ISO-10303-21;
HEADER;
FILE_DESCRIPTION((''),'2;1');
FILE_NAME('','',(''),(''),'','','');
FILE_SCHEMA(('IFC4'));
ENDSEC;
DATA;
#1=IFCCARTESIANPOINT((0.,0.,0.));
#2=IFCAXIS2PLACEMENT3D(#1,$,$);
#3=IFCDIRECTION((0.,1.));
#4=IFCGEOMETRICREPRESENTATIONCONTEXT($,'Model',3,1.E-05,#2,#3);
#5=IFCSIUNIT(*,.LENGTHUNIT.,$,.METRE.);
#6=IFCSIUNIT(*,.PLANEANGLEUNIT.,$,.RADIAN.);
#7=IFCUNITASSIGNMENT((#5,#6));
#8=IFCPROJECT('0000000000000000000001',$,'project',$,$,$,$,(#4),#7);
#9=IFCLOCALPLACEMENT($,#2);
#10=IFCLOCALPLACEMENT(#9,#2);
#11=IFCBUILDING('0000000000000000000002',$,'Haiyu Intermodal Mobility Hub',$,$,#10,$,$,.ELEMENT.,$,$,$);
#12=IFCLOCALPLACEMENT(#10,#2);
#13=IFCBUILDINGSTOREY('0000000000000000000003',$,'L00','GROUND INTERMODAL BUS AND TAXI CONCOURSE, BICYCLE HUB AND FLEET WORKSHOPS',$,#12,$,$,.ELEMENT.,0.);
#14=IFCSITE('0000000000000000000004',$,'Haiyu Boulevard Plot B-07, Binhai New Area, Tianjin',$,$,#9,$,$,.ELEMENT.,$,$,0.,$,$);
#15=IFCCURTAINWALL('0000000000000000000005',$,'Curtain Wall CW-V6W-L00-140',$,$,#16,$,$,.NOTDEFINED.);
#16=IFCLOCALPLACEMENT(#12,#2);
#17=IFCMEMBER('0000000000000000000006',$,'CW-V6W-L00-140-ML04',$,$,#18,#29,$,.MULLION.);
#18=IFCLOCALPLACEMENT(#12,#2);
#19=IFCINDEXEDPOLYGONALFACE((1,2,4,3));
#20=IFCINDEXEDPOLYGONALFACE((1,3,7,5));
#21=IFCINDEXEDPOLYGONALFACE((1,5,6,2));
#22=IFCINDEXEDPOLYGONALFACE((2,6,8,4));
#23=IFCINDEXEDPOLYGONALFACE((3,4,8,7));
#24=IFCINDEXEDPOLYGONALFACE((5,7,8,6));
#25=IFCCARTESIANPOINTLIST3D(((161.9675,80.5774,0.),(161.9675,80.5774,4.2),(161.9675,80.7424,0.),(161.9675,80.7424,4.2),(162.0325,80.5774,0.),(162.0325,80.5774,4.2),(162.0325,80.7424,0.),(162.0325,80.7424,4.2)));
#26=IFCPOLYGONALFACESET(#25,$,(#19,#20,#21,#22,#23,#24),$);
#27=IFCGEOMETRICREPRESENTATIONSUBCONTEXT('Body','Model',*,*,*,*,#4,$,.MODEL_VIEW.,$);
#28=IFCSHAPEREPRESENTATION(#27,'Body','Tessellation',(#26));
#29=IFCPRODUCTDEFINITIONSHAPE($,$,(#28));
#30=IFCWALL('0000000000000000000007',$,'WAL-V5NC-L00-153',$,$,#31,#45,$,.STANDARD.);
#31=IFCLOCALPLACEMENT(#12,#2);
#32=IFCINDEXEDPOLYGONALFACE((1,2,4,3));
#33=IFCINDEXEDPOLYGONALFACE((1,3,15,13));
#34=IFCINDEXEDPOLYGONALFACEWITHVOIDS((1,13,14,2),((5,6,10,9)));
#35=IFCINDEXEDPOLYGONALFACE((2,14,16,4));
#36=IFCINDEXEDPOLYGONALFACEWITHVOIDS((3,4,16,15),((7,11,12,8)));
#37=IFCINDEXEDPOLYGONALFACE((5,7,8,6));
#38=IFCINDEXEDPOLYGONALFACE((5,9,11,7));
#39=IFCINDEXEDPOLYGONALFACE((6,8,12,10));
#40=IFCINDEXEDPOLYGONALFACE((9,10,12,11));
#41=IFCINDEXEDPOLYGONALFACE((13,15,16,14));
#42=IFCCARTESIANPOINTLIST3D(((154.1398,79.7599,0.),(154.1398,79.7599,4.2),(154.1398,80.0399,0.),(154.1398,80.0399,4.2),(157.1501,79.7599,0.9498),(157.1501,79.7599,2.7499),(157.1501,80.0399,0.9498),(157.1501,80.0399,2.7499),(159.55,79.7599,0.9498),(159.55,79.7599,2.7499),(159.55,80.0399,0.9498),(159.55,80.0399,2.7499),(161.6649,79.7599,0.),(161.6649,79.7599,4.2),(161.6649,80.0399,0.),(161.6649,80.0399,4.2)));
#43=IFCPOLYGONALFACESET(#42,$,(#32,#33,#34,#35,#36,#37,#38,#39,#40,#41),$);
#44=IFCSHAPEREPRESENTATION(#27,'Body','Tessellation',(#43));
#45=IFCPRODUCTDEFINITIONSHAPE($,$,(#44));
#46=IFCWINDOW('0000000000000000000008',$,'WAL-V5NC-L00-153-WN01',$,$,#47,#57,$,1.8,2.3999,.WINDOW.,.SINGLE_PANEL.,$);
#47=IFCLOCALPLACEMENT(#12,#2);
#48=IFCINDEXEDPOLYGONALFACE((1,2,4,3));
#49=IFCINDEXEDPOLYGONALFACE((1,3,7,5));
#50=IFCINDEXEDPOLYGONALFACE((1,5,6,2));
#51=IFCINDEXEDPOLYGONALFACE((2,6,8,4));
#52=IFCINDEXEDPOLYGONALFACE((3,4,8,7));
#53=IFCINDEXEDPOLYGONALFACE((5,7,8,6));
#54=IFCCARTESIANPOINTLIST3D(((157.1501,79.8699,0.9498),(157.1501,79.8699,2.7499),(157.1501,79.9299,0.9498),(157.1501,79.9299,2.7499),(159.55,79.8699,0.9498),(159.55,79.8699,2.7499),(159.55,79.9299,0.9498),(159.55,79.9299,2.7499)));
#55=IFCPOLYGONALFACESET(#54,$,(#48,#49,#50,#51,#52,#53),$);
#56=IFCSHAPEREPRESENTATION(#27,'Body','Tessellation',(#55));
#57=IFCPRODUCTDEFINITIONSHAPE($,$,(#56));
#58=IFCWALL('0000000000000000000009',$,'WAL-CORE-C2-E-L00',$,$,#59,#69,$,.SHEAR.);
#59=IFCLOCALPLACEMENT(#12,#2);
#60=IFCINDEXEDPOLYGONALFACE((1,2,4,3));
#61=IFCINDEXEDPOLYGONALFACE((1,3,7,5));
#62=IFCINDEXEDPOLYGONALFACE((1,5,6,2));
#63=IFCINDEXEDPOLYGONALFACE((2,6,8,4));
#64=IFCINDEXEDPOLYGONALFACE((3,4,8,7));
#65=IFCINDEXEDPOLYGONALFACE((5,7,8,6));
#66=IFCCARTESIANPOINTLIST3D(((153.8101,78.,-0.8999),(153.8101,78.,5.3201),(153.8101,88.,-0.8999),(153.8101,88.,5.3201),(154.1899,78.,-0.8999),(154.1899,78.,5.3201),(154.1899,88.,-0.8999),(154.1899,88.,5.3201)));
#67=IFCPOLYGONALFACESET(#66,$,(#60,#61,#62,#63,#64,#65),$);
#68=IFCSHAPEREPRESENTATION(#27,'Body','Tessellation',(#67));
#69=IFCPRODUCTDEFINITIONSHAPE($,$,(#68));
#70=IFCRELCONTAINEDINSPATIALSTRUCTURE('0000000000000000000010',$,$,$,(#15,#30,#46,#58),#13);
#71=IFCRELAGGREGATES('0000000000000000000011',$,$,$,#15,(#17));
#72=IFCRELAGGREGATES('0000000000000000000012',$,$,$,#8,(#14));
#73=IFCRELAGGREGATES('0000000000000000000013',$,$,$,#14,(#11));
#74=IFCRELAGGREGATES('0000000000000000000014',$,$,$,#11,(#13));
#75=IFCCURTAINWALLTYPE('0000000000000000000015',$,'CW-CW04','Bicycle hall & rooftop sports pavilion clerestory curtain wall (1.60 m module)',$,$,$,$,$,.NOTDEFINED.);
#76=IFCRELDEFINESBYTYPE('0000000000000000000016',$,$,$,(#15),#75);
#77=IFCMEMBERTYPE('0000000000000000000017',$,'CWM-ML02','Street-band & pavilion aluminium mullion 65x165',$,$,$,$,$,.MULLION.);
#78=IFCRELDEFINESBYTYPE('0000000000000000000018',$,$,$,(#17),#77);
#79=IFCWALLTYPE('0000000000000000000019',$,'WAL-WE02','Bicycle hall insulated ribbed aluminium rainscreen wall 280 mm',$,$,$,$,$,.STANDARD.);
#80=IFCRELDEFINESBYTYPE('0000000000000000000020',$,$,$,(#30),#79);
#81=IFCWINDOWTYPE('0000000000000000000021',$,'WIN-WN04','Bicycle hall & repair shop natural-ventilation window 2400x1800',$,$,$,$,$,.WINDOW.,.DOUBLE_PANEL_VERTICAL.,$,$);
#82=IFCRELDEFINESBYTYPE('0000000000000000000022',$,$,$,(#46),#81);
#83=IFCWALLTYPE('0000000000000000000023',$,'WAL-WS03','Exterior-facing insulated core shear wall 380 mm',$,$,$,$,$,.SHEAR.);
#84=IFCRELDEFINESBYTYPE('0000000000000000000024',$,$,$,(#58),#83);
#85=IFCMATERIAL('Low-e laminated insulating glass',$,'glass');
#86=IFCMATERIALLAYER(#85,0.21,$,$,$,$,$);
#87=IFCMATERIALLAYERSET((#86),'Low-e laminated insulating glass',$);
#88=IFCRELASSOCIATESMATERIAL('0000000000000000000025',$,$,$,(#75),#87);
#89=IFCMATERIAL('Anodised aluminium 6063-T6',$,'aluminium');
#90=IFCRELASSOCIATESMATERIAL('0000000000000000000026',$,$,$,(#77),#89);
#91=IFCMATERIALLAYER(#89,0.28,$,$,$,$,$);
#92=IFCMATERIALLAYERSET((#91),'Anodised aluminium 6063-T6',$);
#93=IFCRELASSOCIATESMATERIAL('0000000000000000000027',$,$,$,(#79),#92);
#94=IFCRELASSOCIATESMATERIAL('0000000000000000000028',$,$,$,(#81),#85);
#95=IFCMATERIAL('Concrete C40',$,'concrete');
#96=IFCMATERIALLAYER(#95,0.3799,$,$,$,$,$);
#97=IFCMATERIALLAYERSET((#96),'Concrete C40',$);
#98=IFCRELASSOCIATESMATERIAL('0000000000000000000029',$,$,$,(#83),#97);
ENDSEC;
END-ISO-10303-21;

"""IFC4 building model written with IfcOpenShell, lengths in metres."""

from ifc_helpers import new_model, si_unit, direction, frame, frame_2d, origin, origin_2d, place, context, subcontext, project, spatial, rectangle, extrude, material, layer, layer_set, material_profile, profile_set, type_object, element, fill, aggregate, save


model = new_model("IFC4")

# Units and contexts
model_context = context("Model", 3, precision=1e-05, world=origin(), true_north=direction((0.0, 1.0)))
body_context = subcontext(model_context, "Body", "Model", "MODEL_VIEW")
ifc_project = project(units=[si_unit("LENGTHUNIT", "METRE"), si_unit("PLANEANGLEUNIT", "RADIAN")], contexts=[model_context])

# Site, building, storey
site_placement = place(None, origin())
site = spatial("IfcSite", under=ifc_project, at=site_placement, Name="Haiyu Boulevard Plot B-07, Binhai New Area, Tianjin", CompositionType="ELEMENT", RefElevation=0.0)
building_placement = place(site_placement, origin())
building = spatial("IfcBuilding", under=site, at=building_placement, Name="Haiyu Intermodal Mobility Hub", CompositionType="ELEMENT")
storey_placement = place(building_placement, origin())
storey = spatial("IfcBuildingStorey", under=building, at=storey_placement, Name="L00", Description="GROUND INTERMODAL BUS AND TAXI CONCOURSE, BICYCLE HUB AND FLEET WORKSHOPS", CompositionType="ELEMENT", Elevation=0.0)

# Shared definitions
ifc_material_1 = material(Name="Concrete C40", Category="concrete")

# Curtain wall, member
ifc_material_2 = material(Name="Low-e laminated insulating glass", Category="glass")
ifc_layer_1 = layer(ifc_material_2, 0.21)
ifc_layer_set_1 = layer_set([ifc_layer_1], Name="Low-e laminated insulating glass")
curtain_wall_type = type_object("IfcCurtainWallType", Name="CW-CW04", Description="Bicycle hall & rooftop sports pavilion clerestory curtain wall (1.60 m module)", PredefinedType="NOTDEFINED", material=ifc_layer_set_1)
curtain_wall_placement = place(storey_placement, origin())
curtain_wall = element("IfcCurtainWall", 1, at=curtain_wall_placement, inside=storey, type_object=curtain_wall_type, Name="Curtain Wall CW-V6W-L00-140", PredefinedType="NOTDEFINED")
ifc_material_3 = material(Name="Anodised aluminium 6063-T6", Category="aluminium")
ifc_material_profile_1 = material_profile(ifc_material_3, rectangle(XDim=0.0649, YDim=0.165, at=origin_2d()), Name="ALU65x165")
ifc_profile_set_1 = profile_set([ifc_material_profile_1], Name="Anodised aluminium 6063-T6")
member_type = type_object("IfcMemberType", Name="CWM-ML02", Description="Street-band & pavilion aluminium mullion 65x165", PredefinedType="MULLION", material=ifc_profile_set_1)
member_placement = place(storey_placement, frame((162.0, 80.6599, 0.0), z_axis=(0.0, 0.0, 1.0), x_axis=(1.0, 0.0, 0.0)))
member = element("IfcMember", 2, at=member_placement, type_object=member_type, Name="CW-V6W-L00-140-ML04", PredefinedType="MULLION", context=body_context, shape_type="SweptSolid", body=[
    extrude(rectangle(XDim=0.0649, YDim=0.165, at=origin_2d()), origin(), (0.0, 0.0, 1.0), 4.2),
])
aggregate(curtain_wall, [member])

# Wall, opening, window
ifc_layer_2 = layer(ifc_material_3, 0.28)
ifc_layer_set_2 = layer_set([ifc_layer_2], Name="Anodised aluminium 6063-T6")
wall_type_1 = type_object("IfcWallType", Name="WAL-WE02", Description="Bicycle hall insulated ribbed aluminium rainscreen wall 280 mm", PredefinedType="STANDARD", material=ifc_layer_set_2)
wall_1_placement = place(storey_placement, frame((161.665, 79.8999, 0.0), z_axis=(0.0, 0.0, 1.0), x_axis=(-1.0, 0.0, 0.0)))
wall_1 = element("IfcWall", 3, at=wall_1_placement, inside=storey, type_object=wall_type_1, Name="WAL-V5NC-L00-153", PredefinedType="STANDARD", context=body_context, shape_type="SweptSolid", body=[
    extrude(rectangle(XDim=7.5251, YDim=0.28, at=frame_2d((3.7627, 0.0))), origin(), (0.0, 0.0, 1.0), 4.2),
])
opening_placement = place(wall_1_placement, frame((2.115, 0.0, 0.95)))
opening = element("IfcOpeningElement", 4, at=opening_placement, cuts=wall_1, PredefinedType="OPENING", context=body_context, shape_type="SweptSolid", body=[
    extrude(rectangle(XDim=2.3999, YDim=1.8, at=frame_2d((1.2, 0.8999))), frame((0.0, 0.1499, 0.0), z_axis=(0.0, -1.0, 0.0), x_axis=(1.0, 0.0, 0.0)), (0.0, 0.0, 1.0), 0.3),
])
window_type = type_object("IfcWindowType", Name="WIN-WN04", Description="Bicycle hall & repair shop natural-ventilation window 2400x1800", PartitioningType="DOUBLE_PANEL_VERTICAL", PredefinedType="WINDOW", material=ifc_material_2)
window_placement = place(opening_placement, origin())
window = element("IfcWindow", 5, at=window_placement, inside=storey, type_object=window_type, Name="WAL-V5NC-L00-153-WN01", OverallHeight=1.8, OverallWidth=2.3999, PartitioningType="SINGLE_PANEL", PredefinedType="WINDOW", context=body_context, shape_type="SweptSolid", body=[
    extrude(rectangle(XDim=2.3999, YDim=1.8, at=frame_2d((1.2, 0.8999))), frame((0.0, 0.03, 0.0), z_axis=(0.0, -1.0, 0.0), x_axis=(1.0, 0.0, 0.0)), (0.0, 0.0, 1.0), 0.0601),
])
fill(opening, window)

# Wall
ifc_layer_3 = layer(ifc_material_1, 0.3799)
ifc_layer_set_3 = layer_set([ifc_layer_3], Name="Concrete C40")
wall_type_2 = type_object("IfcWallType", Name="WAL-WS03", Description="Exterior-facing insulated core shear wall 380 mm", PredefinedType="SHEAR", material=ifc_layer_set_3)
wall_2_placement = place(storey_placement, frame((154.0, 78.0, -0.8999), z_axis=(0.0, 0.0, 1.0), x_axis=(0.0, 1.0, 0.0)))
element("IfcWall", 6, at=wall_2_placement, inside=storey, type_object=wall_type_2, Name="WAL-CORE-C2-E-L00", PredefinedType="SHEAR", context=body_context, shape_type="SweptSolid", body=[
    extrude(rectangle(XDim=10.0, YDim=0.3799, at=frame_2d((5.0, 0.0))), origin(), (0.0, 0.0, 1.0), 6.22),
])

save(model, "model.ifc")
